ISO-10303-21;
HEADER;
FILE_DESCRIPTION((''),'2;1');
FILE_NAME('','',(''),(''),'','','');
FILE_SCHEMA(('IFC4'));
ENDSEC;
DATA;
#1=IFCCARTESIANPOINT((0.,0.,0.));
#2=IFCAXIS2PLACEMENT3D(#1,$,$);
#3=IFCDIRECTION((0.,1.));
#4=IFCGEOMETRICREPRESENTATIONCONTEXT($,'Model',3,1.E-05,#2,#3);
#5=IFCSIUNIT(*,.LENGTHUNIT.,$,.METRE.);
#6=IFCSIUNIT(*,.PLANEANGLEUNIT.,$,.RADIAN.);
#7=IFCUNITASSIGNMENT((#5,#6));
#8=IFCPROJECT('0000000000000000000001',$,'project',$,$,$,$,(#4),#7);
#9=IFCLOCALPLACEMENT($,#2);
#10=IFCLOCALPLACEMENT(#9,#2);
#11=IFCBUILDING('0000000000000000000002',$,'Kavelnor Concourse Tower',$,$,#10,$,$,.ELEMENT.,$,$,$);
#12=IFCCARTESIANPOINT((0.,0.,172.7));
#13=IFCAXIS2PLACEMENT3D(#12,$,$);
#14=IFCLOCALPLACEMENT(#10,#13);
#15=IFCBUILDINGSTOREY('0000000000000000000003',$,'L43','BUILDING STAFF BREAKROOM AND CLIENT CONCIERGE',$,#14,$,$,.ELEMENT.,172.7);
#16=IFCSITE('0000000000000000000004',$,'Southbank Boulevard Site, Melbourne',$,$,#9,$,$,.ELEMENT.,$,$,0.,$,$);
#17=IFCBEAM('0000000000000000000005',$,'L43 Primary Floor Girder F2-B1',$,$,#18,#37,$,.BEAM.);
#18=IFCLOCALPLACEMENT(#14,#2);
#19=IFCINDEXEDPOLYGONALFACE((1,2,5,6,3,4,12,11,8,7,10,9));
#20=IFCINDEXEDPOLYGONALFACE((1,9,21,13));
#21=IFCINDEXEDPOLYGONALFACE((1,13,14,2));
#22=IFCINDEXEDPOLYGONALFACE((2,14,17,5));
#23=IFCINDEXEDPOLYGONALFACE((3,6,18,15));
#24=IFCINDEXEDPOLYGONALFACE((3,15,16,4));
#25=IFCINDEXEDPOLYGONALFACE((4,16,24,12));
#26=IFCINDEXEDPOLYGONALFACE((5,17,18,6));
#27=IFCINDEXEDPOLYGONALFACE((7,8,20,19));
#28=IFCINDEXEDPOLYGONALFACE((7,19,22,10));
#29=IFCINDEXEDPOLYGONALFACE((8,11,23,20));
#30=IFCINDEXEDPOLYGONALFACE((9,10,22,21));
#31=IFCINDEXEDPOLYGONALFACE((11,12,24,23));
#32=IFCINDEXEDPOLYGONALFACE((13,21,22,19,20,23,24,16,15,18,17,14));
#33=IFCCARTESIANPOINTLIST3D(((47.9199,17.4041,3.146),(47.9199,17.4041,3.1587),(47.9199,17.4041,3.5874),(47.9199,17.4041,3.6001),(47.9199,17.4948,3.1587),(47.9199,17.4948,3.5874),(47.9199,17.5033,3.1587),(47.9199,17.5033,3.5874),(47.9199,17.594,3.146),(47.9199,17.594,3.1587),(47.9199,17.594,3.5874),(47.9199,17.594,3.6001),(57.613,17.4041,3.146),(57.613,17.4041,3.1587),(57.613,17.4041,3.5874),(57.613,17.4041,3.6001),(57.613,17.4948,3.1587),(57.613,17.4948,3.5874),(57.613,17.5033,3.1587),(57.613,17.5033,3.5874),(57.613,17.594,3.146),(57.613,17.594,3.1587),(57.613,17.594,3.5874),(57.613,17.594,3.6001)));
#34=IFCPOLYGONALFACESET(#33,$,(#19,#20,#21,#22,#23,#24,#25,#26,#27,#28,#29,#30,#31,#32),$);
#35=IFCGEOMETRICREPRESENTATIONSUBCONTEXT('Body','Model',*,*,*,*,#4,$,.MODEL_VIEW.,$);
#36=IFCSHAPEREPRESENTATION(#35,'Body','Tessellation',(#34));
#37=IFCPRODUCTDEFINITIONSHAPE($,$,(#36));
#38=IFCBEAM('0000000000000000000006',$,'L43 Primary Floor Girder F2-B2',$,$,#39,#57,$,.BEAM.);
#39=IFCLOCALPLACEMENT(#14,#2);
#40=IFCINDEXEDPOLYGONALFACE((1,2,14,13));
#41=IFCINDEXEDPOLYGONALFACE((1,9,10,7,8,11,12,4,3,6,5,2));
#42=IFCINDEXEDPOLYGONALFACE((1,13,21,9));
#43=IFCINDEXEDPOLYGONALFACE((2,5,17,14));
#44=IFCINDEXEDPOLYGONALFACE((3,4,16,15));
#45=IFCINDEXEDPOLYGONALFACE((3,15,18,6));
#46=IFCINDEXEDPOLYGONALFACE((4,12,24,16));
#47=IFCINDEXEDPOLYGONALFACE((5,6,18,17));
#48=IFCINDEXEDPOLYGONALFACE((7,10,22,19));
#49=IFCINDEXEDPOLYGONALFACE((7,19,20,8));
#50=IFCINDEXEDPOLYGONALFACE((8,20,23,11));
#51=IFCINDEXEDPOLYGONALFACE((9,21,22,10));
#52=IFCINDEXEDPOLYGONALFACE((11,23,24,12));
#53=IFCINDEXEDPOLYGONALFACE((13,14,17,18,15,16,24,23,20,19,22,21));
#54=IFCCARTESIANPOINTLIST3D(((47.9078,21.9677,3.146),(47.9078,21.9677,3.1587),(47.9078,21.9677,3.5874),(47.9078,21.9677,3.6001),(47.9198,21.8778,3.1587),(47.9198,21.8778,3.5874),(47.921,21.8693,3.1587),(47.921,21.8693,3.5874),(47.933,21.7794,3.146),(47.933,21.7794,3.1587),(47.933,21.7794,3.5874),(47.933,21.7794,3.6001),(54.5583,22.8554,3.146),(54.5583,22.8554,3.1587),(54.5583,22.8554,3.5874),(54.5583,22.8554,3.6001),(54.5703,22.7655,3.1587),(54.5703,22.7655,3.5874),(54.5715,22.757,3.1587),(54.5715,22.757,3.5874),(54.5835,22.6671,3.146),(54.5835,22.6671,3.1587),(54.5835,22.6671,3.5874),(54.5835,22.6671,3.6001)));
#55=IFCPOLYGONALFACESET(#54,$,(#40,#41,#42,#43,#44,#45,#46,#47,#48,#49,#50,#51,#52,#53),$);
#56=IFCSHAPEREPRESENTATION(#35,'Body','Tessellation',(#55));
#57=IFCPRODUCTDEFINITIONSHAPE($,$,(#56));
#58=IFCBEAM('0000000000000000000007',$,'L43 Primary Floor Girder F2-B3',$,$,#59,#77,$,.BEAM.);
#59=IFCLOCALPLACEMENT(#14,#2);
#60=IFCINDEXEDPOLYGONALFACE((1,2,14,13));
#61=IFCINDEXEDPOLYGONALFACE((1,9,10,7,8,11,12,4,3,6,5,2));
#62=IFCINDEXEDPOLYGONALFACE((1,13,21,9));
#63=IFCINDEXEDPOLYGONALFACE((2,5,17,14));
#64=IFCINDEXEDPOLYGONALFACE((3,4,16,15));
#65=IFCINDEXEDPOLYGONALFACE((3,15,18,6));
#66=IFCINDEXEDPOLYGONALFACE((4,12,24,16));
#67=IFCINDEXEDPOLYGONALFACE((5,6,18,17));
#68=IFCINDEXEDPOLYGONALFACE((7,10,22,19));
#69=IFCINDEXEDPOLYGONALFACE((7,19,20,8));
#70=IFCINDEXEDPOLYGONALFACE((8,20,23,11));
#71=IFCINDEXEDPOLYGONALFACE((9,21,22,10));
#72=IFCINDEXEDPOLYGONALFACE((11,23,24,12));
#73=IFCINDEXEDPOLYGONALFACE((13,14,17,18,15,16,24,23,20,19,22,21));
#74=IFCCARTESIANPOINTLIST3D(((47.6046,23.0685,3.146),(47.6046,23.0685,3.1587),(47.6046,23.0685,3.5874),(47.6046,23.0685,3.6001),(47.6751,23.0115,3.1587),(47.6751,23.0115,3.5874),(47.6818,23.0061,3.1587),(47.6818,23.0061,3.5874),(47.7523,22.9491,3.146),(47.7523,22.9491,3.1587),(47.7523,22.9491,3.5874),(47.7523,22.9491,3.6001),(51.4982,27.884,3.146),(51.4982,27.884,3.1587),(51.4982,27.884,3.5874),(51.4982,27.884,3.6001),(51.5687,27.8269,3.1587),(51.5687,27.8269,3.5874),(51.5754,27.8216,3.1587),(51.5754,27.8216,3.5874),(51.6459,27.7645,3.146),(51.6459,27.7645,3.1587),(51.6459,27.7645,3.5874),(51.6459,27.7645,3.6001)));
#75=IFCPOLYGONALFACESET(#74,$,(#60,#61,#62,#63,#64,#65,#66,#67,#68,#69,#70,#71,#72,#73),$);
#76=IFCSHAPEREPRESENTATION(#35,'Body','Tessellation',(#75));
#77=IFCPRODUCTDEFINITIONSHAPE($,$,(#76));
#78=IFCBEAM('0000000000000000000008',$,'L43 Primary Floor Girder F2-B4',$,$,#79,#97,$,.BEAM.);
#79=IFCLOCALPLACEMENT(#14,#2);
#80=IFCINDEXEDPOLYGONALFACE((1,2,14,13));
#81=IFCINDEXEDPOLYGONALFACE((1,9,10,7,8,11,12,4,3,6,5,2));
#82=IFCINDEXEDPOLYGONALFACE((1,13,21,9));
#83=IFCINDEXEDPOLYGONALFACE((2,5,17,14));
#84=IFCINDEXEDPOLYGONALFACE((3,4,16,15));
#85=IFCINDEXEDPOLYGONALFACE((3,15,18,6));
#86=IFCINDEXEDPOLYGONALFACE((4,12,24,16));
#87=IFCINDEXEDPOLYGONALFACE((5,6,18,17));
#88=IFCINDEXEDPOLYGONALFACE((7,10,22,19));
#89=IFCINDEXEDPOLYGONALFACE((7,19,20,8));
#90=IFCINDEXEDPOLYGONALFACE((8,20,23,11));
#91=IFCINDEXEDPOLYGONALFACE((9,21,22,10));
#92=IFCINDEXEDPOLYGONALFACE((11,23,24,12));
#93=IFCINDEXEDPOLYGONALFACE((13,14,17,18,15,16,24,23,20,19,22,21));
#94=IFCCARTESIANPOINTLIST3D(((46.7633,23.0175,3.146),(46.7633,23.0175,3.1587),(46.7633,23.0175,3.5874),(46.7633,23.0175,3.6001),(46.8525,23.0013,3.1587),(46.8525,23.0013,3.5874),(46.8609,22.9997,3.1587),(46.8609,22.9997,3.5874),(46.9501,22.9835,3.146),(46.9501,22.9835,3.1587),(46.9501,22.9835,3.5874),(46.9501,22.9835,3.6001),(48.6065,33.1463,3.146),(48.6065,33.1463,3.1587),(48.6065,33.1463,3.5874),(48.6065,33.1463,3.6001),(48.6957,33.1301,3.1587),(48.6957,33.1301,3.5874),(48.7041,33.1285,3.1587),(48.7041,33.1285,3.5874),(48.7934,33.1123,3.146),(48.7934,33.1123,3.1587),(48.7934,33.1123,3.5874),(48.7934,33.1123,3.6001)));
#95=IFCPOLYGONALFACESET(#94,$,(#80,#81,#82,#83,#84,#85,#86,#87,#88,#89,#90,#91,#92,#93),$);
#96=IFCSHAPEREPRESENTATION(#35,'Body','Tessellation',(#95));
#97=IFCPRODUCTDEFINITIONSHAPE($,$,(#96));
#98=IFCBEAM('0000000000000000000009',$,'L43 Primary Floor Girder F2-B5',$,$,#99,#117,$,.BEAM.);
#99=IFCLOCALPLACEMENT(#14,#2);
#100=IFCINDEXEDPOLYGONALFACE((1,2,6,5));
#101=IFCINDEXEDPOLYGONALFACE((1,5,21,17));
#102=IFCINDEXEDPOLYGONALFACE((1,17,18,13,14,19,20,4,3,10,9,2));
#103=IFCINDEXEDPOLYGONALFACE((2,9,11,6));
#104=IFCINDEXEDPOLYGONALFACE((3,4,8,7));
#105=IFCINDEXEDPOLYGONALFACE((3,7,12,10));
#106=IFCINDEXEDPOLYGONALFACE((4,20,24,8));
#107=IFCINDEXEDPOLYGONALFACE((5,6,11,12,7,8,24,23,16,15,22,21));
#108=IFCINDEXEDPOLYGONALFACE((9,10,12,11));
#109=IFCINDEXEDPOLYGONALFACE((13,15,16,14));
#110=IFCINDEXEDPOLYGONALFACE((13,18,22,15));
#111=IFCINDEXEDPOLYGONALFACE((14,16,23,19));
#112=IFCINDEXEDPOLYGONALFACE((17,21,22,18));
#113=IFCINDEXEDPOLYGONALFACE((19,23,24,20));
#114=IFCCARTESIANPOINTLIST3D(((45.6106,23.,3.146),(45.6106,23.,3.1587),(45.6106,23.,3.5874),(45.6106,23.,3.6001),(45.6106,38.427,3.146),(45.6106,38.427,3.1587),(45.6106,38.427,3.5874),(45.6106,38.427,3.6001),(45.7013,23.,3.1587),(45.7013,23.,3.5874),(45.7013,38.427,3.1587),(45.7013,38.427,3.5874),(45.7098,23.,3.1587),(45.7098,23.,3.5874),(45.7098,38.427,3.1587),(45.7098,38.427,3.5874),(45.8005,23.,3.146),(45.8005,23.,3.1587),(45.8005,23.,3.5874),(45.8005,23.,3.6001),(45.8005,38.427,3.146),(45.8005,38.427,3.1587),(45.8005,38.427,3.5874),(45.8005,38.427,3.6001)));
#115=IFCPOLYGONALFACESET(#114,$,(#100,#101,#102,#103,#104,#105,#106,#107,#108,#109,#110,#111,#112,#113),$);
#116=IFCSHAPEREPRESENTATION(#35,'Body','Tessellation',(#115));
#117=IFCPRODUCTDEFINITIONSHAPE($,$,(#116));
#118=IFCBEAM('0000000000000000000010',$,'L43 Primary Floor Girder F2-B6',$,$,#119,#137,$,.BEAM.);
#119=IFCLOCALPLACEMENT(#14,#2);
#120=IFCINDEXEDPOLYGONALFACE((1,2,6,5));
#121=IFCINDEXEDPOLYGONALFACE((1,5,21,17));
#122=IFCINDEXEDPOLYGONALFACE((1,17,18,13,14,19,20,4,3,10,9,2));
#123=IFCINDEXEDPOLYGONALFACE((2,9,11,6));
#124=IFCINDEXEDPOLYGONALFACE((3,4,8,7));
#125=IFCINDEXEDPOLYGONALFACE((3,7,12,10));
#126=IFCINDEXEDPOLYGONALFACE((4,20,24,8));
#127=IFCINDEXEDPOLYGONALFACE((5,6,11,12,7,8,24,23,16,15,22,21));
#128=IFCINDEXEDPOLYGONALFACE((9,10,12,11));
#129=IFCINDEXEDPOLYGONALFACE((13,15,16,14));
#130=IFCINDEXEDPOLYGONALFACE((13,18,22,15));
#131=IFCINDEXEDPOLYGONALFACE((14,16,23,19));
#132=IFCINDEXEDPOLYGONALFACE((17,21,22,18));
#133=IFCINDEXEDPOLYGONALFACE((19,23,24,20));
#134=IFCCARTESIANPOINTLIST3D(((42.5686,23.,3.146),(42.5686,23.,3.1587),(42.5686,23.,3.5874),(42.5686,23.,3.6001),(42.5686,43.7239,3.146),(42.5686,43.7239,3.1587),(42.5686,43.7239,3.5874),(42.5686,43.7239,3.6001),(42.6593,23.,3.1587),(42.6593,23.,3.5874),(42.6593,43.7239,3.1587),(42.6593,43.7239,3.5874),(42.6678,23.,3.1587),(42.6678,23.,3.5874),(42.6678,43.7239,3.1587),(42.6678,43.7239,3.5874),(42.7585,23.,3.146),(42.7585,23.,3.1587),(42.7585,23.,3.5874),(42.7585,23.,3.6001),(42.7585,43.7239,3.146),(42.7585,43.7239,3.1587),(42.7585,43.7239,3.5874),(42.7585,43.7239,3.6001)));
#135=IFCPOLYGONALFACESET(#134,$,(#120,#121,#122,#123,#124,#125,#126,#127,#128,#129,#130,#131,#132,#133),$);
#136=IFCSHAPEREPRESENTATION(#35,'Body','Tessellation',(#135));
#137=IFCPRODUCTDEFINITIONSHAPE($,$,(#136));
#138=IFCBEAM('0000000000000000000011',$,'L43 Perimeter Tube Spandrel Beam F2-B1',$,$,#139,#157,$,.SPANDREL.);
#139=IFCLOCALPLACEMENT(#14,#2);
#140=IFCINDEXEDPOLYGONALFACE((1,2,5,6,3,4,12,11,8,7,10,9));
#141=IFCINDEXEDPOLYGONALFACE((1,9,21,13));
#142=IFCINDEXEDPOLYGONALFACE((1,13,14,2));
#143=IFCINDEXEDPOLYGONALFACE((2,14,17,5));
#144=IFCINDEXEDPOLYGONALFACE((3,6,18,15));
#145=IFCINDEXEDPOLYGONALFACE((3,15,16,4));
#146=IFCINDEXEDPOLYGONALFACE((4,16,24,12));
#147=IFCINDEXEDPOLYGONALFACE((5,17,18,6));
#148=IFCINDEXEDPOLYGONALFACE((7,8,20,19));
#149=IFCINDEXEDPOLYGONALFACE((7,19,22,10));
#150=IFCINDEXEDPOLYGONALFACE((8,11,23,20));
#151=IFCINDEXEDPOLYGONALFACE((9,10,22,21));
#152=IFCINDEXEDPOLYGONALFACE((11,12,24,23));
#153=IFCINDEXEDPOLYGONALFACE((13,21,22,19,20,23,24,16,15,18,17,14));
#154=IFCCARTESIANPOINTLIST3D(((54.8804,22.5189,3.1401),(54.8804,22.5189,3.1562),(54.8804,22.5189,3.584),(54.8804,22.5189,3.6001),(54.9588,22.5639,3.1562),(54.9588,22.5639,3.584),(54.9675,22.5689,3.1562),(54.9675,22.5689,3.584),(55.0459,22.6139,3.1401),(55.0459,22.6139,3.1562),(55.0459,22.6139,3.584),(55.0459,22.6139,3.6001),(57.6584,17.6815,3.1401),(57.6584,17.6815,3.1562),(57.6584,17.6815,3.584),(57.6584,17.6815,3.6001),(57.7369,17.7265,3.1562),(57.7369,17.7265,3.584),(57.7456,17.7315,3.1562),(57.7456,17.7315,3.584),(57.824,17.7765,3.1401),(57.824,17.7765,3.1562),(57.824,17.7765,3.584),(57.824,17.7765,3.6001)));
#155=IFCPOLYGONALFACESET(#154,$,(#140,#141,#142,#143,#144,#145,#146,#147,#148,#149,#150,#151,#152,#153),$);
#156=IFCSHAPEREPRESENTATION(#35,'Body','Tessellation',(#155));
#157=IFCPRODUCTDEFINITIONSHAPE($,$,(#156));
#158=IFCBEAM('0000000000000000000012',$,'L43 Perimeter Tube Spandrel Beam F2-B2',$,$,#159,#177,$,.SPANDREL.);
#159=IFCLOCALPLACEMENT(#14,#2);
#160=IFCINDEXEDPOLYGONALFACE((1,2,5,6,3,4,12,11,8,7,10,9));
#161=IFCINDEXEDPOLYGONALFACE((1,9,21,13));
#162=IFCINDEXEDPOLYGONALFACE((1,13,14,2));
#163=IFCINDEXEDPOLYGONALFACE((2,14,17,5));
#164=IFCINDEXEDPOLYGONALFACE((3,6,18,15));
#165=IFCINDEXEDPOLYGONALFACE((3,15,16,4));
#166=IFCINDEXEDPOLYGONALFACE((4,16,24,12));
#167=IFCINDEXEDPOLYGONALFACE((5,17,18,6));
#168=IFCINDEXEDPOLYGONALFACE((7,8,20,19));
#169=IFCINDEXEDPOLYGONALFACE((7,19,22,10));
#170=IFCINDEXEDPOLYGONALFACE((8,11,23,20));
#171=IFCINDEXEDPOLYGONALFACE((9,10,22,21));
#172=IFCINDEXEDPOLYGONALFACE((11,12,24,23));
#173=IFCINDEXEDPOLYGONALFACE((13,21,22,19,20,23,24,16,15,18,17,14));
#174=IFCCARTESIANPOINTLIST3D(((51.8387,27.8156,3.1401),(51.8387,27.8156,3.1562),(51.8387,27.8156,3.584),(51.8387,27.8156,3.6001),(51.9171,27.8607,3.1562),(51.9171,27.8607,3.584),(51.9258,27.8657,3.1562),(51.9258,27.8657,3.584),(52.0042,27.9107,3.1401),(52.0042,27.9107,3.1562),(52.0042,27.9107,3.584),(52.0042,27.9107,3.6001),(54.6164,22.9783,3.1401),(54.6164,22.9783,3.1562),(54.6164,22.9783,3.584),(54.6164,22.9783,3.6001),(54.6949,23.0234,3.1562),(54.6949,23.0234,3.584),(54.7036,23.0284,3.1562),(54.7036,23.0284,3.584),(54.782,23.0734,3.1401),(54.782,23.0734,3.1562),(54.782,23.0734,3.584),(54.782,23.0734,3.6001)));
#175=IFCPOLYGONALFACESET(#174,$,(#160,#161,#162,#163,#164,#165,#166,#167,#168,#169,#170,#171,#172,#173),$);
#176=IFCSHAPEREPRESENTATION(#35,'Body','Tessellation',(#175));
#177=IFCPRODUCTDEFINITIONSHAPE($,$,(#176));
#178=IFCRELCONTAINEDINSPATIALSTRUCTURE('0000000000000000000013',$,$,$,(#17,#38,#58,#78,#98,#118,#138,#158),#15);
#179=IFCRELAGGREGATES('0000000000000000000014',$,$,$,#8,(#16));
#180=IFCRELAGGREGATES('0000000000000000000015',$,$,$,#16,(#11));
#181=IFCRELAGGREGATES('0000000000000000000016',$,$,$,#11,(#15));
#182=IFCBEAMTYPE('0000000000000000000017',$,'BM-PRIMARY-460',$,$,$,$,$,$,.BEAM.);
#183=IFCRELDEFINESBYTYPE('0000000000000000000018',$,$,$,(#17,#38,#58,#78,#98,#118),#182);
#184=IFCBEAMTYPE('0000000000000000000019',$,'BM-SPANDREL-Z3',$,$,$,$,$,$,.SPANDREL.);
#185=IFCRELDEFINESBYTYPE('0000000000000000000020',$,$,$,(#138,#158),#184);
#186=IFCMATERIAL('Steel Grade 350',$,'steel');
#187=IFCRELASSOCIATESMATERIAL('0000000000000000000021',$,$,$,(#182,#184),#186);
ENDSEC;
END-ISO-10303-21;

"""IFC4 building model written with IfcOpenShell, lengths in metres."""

from ifc_helpers import new_model, si_unit, direction, frame, origin, origin_2d, place, context, subcontext, project, spatial, i_section, extrude, material, material_profile, profile_set, type_object, element, save


model = new_model("IFC4")

# Units and contexts
model_context = context("Model", 3, precision=1e-05, world=origin(), true_north=direction((0.0, 1.0)))
body_context = subcontext(model_context, "Body", "Model", "MODEL_VIEW")
ifc_project = project(units=[si_unit("LENGTHUNIT", "METRE"), si_unit("PLANEANGLEUNIT", "RADIAN")], contexts=[model_context])

# Site, building, storey
site_placement = place(None, origin())
site = spatial("IfcSite", under=ifc_project, at=site_placement, Name="Southbank Boulevard Site, Melbourne", CompositionType="ELEMENT", RefElevation=0.0)
building_placement = place(site_placement, origin())
building = spatial("IfcBuilding", under=site, at=building_placement, Name="Kavelnor Concourse Tower", CompositionType="ELEMENT")
storey_placement = place(building_placement, frame((0.0, 0.0, 172.7)))
storey = spatial("IfcBuildingStorey", under=building, at=storey_placement, Name="L43", Description="BUILDING STAFF BREAKROOM AND CLIENT CONCIERGE", CompositionType="ELEMENT", Elevation=172.7)

# Shared definitions
ifc_material_1 = material(Name="Steel Grade 350", Category="steel")

# Beams
ifc_material_profile_1 = material_profile(ifc_material_1, i_section(OverallWidth=0.1899, OverallDepth=0.4541, WebThickness=0.0085, FlangeThickness=0.0127, at=origin_2d()), Name="460UB67")
ifc_profile_set_1 = profile_set([ifc_material_profile_1], Name="Steel Grade 350")
beam_type_1 = type_object("IfcBeamType", Name="BM-PRIMARY-460", PredefinedType="BEAM", material=ifc_profile_set_1)
beam_1_placement = place(storey_placement, frame((47.9199, 17.499, 3.373), z_axis=(1.0, 0.0, 0.0), x_axis=(0.0, 1.0, 0.0)))
element("IfcBeam", 1, at=beam_1_placement, inside=storey, type_object=beam_type_1, Name="L43 Primary Floor Girder F2-B1", PredefinedType="BEAM", context=body_context, shape_type="SweptSolid", body=[
    extrude(i_section(OverallWidth=0.1899, OverallDepth=0.4541, WebThickness=0.0085, FlangeThickness=0.0127, at=origin_2d()), origin(), (0.0, 0.0, 1.0), 9.6931),
])
beam_2_placement = place(storey_placement, frame((47.9204, 21.8735, 3.373), z_axis=(0.991209, 0.132307, 0.0), x_axis=(-0.132307, 0.991209, 0.0)))
element("IfcBeam", 2, at=beam_2_placement, inside=storey, type_object=beam_type_1, Name="L43 Primary Floor Girder F2-B2", PredefinedType="BEAM", context=body_context, shape_type="SweptSolid", body=[
    extrude(i_section(OverallWidth=0.1899, OverallDepth=0.4541, WebThickness=0.0085, FlangeThickness=0.0127, at=origin_2d()), origin(), (0.0, 0.0, 1.0), 6.7095),
])
beam_3_placement = place(storey_placement, frame((47.6785, 23.0088, 3.373), z_axis=(0.628744, 0.777612, 0.0), x_axis=(-0.777612, 0.628744, 0.0)))
element("IfcBeam", 3, at=beam_3_placement, inside=storey, type_object=beam_type_1, Name="L43 Primary Floor Girder F2-B3", PredefinedType="BEAM", context=body_context, shape_type="SweptSolid", body=[
    extrude(i_section(OverallWidth=0.1899, OverallDepth=0.4541, WebThickness=0.0085, FlangeThickness=0.0127, at=origin_2d()), origin(), (0.0, 0.0, 1.0), 6.1926),
])
beam_4_placement = place(storey_placement, frame((46.8567, 23.0005, 3.373), z_axis=(0.17904, 0.983842, 0.0), x_axis=(-0.983842, 0.17904, 0.0)))
element("IfcBeam", 4, at=beam_4_placement, inside=storey, type_object=beam_type_1, Name="L43 Primary Floor Girder F2-B4", PredefinedType="BEAM", context=body_context, shape_type="SweptSolid", body=[
    extrude(i_section(OverallWidth=0.1899, OverallDepth=0.4541, WebThickness=0.0085, FlangeThickness=0.0127, at=origin_2d()), origin(), (0.0, 0.0, 1.0), 10.2952),
])
beam_5_placement = place(storey_placement, frame((45.7056, 23.0, 3.373), z_axis=(0.0, 1.0, 0.0), x_axis=(-1.0, 0.0, 0.0)))
element("IfcBeam", 5, at=beam_5_placement, inside=storey, type_object=beam_type_1, Name="L43 Primary Floor Girder F2-B5", PredefinedType="BEAM", context=body_context, shape_type="SweptSolid", body=[
    extrude(i_section(OverallWidth=0.1899, OverallDepth=0.4541, WebThickness=0.0085, FlangeThickness=0.0127, at=origin_2d()), origin(), (0.0, 0.0, 1.0), 15.427),
])
beam_6_placement = place(storey_placement, frame((42.6636, 23.0, 3.373), z_axis=(0.0, 1.0, 0.0), x_axis=(-1.0, 0.0, 0.0)))
element("IfcBeam", 6, at=beam_6_placement, inside=storey, type_object=beam_type_1, Name="L43 Primary Floor Girder F2-B6", PredefinedType="BEAM", context=body_context, shape_type="SweptSolid", body=[
    extrude(i_section(OverallWidth=0.1899, OverallDepth=0.4541, WebThickness=0.0085, FlangeThickness=0.0127, at=origin_2d()), origin(), (0.0, 0.0, 1.0), 20.7239),
])
ifc_material_profile_2 = material_profile(ifc_material_1, i_section(OverallWidth=0.1909, OverallDepth=0.46, WebThickness=0.01, FlangeThickness=0.0161, at=origin_2d()), Name="460UB82")
ifc_profile_set_2 = profile_set([ifc_material_profile_2], Name="Steel Grade 350")
beam_type_2 = type_object("IfcBeamType", Name="BM-SPANDREL-Z3", PredefinedType="SPANDREL", material=ifc_profile_set_2)
beam_7_placement = place(storey_placement, frame((57.7412, 17.729, 3.3701), z_axis=(-0.498009, 0.867172, 0.0), x_axis=(-0.867172, -0.498009, 0.0)))
element("IfcBeam", 7, at=beam_7_placement, inside=storey, type_object=beam_type_2, Name="L43 Perimeter Tube Spandrel Beam F2-B1", PredefinedType="SPANDREL", context=body_context, shape_type="SweptSolid", body=[
    extrude(i_section(OverallWidth=0.1909, OverallDepth=0.46, WebThickness=0.01, FlangeThickness=0.0161, at=origin_2d()), origin(), (0.0, 0.0, 1.0), 5.5784),
])
beam_8_placement = place(storey_placement, frame((54.6992, 23.0259, 3.3701), z_axis=(-0.497976, 0.867191, 0.0), x_axis=(-0.867191, -0.497976, 0.0)))
element("IfcBeam", 8, at=beam_8_placement, inside=storey, type_object=beam_type_2, Name="L43 Perimeter Tube Spandrel Beam F2-B2", PredefinedType="SPANDREL", context=body_context, shape_type="SweptSolid", body=[
    extrude(i_section(OverallWidth=0.1909, OverallDepth=0.46, WebThickness=0.01, FlangeThickness=0.0161, at=origin_2d()), origin(), (0.0, 0.0, 1.0), 5.5781),
])

save(model, "model.ifc")
